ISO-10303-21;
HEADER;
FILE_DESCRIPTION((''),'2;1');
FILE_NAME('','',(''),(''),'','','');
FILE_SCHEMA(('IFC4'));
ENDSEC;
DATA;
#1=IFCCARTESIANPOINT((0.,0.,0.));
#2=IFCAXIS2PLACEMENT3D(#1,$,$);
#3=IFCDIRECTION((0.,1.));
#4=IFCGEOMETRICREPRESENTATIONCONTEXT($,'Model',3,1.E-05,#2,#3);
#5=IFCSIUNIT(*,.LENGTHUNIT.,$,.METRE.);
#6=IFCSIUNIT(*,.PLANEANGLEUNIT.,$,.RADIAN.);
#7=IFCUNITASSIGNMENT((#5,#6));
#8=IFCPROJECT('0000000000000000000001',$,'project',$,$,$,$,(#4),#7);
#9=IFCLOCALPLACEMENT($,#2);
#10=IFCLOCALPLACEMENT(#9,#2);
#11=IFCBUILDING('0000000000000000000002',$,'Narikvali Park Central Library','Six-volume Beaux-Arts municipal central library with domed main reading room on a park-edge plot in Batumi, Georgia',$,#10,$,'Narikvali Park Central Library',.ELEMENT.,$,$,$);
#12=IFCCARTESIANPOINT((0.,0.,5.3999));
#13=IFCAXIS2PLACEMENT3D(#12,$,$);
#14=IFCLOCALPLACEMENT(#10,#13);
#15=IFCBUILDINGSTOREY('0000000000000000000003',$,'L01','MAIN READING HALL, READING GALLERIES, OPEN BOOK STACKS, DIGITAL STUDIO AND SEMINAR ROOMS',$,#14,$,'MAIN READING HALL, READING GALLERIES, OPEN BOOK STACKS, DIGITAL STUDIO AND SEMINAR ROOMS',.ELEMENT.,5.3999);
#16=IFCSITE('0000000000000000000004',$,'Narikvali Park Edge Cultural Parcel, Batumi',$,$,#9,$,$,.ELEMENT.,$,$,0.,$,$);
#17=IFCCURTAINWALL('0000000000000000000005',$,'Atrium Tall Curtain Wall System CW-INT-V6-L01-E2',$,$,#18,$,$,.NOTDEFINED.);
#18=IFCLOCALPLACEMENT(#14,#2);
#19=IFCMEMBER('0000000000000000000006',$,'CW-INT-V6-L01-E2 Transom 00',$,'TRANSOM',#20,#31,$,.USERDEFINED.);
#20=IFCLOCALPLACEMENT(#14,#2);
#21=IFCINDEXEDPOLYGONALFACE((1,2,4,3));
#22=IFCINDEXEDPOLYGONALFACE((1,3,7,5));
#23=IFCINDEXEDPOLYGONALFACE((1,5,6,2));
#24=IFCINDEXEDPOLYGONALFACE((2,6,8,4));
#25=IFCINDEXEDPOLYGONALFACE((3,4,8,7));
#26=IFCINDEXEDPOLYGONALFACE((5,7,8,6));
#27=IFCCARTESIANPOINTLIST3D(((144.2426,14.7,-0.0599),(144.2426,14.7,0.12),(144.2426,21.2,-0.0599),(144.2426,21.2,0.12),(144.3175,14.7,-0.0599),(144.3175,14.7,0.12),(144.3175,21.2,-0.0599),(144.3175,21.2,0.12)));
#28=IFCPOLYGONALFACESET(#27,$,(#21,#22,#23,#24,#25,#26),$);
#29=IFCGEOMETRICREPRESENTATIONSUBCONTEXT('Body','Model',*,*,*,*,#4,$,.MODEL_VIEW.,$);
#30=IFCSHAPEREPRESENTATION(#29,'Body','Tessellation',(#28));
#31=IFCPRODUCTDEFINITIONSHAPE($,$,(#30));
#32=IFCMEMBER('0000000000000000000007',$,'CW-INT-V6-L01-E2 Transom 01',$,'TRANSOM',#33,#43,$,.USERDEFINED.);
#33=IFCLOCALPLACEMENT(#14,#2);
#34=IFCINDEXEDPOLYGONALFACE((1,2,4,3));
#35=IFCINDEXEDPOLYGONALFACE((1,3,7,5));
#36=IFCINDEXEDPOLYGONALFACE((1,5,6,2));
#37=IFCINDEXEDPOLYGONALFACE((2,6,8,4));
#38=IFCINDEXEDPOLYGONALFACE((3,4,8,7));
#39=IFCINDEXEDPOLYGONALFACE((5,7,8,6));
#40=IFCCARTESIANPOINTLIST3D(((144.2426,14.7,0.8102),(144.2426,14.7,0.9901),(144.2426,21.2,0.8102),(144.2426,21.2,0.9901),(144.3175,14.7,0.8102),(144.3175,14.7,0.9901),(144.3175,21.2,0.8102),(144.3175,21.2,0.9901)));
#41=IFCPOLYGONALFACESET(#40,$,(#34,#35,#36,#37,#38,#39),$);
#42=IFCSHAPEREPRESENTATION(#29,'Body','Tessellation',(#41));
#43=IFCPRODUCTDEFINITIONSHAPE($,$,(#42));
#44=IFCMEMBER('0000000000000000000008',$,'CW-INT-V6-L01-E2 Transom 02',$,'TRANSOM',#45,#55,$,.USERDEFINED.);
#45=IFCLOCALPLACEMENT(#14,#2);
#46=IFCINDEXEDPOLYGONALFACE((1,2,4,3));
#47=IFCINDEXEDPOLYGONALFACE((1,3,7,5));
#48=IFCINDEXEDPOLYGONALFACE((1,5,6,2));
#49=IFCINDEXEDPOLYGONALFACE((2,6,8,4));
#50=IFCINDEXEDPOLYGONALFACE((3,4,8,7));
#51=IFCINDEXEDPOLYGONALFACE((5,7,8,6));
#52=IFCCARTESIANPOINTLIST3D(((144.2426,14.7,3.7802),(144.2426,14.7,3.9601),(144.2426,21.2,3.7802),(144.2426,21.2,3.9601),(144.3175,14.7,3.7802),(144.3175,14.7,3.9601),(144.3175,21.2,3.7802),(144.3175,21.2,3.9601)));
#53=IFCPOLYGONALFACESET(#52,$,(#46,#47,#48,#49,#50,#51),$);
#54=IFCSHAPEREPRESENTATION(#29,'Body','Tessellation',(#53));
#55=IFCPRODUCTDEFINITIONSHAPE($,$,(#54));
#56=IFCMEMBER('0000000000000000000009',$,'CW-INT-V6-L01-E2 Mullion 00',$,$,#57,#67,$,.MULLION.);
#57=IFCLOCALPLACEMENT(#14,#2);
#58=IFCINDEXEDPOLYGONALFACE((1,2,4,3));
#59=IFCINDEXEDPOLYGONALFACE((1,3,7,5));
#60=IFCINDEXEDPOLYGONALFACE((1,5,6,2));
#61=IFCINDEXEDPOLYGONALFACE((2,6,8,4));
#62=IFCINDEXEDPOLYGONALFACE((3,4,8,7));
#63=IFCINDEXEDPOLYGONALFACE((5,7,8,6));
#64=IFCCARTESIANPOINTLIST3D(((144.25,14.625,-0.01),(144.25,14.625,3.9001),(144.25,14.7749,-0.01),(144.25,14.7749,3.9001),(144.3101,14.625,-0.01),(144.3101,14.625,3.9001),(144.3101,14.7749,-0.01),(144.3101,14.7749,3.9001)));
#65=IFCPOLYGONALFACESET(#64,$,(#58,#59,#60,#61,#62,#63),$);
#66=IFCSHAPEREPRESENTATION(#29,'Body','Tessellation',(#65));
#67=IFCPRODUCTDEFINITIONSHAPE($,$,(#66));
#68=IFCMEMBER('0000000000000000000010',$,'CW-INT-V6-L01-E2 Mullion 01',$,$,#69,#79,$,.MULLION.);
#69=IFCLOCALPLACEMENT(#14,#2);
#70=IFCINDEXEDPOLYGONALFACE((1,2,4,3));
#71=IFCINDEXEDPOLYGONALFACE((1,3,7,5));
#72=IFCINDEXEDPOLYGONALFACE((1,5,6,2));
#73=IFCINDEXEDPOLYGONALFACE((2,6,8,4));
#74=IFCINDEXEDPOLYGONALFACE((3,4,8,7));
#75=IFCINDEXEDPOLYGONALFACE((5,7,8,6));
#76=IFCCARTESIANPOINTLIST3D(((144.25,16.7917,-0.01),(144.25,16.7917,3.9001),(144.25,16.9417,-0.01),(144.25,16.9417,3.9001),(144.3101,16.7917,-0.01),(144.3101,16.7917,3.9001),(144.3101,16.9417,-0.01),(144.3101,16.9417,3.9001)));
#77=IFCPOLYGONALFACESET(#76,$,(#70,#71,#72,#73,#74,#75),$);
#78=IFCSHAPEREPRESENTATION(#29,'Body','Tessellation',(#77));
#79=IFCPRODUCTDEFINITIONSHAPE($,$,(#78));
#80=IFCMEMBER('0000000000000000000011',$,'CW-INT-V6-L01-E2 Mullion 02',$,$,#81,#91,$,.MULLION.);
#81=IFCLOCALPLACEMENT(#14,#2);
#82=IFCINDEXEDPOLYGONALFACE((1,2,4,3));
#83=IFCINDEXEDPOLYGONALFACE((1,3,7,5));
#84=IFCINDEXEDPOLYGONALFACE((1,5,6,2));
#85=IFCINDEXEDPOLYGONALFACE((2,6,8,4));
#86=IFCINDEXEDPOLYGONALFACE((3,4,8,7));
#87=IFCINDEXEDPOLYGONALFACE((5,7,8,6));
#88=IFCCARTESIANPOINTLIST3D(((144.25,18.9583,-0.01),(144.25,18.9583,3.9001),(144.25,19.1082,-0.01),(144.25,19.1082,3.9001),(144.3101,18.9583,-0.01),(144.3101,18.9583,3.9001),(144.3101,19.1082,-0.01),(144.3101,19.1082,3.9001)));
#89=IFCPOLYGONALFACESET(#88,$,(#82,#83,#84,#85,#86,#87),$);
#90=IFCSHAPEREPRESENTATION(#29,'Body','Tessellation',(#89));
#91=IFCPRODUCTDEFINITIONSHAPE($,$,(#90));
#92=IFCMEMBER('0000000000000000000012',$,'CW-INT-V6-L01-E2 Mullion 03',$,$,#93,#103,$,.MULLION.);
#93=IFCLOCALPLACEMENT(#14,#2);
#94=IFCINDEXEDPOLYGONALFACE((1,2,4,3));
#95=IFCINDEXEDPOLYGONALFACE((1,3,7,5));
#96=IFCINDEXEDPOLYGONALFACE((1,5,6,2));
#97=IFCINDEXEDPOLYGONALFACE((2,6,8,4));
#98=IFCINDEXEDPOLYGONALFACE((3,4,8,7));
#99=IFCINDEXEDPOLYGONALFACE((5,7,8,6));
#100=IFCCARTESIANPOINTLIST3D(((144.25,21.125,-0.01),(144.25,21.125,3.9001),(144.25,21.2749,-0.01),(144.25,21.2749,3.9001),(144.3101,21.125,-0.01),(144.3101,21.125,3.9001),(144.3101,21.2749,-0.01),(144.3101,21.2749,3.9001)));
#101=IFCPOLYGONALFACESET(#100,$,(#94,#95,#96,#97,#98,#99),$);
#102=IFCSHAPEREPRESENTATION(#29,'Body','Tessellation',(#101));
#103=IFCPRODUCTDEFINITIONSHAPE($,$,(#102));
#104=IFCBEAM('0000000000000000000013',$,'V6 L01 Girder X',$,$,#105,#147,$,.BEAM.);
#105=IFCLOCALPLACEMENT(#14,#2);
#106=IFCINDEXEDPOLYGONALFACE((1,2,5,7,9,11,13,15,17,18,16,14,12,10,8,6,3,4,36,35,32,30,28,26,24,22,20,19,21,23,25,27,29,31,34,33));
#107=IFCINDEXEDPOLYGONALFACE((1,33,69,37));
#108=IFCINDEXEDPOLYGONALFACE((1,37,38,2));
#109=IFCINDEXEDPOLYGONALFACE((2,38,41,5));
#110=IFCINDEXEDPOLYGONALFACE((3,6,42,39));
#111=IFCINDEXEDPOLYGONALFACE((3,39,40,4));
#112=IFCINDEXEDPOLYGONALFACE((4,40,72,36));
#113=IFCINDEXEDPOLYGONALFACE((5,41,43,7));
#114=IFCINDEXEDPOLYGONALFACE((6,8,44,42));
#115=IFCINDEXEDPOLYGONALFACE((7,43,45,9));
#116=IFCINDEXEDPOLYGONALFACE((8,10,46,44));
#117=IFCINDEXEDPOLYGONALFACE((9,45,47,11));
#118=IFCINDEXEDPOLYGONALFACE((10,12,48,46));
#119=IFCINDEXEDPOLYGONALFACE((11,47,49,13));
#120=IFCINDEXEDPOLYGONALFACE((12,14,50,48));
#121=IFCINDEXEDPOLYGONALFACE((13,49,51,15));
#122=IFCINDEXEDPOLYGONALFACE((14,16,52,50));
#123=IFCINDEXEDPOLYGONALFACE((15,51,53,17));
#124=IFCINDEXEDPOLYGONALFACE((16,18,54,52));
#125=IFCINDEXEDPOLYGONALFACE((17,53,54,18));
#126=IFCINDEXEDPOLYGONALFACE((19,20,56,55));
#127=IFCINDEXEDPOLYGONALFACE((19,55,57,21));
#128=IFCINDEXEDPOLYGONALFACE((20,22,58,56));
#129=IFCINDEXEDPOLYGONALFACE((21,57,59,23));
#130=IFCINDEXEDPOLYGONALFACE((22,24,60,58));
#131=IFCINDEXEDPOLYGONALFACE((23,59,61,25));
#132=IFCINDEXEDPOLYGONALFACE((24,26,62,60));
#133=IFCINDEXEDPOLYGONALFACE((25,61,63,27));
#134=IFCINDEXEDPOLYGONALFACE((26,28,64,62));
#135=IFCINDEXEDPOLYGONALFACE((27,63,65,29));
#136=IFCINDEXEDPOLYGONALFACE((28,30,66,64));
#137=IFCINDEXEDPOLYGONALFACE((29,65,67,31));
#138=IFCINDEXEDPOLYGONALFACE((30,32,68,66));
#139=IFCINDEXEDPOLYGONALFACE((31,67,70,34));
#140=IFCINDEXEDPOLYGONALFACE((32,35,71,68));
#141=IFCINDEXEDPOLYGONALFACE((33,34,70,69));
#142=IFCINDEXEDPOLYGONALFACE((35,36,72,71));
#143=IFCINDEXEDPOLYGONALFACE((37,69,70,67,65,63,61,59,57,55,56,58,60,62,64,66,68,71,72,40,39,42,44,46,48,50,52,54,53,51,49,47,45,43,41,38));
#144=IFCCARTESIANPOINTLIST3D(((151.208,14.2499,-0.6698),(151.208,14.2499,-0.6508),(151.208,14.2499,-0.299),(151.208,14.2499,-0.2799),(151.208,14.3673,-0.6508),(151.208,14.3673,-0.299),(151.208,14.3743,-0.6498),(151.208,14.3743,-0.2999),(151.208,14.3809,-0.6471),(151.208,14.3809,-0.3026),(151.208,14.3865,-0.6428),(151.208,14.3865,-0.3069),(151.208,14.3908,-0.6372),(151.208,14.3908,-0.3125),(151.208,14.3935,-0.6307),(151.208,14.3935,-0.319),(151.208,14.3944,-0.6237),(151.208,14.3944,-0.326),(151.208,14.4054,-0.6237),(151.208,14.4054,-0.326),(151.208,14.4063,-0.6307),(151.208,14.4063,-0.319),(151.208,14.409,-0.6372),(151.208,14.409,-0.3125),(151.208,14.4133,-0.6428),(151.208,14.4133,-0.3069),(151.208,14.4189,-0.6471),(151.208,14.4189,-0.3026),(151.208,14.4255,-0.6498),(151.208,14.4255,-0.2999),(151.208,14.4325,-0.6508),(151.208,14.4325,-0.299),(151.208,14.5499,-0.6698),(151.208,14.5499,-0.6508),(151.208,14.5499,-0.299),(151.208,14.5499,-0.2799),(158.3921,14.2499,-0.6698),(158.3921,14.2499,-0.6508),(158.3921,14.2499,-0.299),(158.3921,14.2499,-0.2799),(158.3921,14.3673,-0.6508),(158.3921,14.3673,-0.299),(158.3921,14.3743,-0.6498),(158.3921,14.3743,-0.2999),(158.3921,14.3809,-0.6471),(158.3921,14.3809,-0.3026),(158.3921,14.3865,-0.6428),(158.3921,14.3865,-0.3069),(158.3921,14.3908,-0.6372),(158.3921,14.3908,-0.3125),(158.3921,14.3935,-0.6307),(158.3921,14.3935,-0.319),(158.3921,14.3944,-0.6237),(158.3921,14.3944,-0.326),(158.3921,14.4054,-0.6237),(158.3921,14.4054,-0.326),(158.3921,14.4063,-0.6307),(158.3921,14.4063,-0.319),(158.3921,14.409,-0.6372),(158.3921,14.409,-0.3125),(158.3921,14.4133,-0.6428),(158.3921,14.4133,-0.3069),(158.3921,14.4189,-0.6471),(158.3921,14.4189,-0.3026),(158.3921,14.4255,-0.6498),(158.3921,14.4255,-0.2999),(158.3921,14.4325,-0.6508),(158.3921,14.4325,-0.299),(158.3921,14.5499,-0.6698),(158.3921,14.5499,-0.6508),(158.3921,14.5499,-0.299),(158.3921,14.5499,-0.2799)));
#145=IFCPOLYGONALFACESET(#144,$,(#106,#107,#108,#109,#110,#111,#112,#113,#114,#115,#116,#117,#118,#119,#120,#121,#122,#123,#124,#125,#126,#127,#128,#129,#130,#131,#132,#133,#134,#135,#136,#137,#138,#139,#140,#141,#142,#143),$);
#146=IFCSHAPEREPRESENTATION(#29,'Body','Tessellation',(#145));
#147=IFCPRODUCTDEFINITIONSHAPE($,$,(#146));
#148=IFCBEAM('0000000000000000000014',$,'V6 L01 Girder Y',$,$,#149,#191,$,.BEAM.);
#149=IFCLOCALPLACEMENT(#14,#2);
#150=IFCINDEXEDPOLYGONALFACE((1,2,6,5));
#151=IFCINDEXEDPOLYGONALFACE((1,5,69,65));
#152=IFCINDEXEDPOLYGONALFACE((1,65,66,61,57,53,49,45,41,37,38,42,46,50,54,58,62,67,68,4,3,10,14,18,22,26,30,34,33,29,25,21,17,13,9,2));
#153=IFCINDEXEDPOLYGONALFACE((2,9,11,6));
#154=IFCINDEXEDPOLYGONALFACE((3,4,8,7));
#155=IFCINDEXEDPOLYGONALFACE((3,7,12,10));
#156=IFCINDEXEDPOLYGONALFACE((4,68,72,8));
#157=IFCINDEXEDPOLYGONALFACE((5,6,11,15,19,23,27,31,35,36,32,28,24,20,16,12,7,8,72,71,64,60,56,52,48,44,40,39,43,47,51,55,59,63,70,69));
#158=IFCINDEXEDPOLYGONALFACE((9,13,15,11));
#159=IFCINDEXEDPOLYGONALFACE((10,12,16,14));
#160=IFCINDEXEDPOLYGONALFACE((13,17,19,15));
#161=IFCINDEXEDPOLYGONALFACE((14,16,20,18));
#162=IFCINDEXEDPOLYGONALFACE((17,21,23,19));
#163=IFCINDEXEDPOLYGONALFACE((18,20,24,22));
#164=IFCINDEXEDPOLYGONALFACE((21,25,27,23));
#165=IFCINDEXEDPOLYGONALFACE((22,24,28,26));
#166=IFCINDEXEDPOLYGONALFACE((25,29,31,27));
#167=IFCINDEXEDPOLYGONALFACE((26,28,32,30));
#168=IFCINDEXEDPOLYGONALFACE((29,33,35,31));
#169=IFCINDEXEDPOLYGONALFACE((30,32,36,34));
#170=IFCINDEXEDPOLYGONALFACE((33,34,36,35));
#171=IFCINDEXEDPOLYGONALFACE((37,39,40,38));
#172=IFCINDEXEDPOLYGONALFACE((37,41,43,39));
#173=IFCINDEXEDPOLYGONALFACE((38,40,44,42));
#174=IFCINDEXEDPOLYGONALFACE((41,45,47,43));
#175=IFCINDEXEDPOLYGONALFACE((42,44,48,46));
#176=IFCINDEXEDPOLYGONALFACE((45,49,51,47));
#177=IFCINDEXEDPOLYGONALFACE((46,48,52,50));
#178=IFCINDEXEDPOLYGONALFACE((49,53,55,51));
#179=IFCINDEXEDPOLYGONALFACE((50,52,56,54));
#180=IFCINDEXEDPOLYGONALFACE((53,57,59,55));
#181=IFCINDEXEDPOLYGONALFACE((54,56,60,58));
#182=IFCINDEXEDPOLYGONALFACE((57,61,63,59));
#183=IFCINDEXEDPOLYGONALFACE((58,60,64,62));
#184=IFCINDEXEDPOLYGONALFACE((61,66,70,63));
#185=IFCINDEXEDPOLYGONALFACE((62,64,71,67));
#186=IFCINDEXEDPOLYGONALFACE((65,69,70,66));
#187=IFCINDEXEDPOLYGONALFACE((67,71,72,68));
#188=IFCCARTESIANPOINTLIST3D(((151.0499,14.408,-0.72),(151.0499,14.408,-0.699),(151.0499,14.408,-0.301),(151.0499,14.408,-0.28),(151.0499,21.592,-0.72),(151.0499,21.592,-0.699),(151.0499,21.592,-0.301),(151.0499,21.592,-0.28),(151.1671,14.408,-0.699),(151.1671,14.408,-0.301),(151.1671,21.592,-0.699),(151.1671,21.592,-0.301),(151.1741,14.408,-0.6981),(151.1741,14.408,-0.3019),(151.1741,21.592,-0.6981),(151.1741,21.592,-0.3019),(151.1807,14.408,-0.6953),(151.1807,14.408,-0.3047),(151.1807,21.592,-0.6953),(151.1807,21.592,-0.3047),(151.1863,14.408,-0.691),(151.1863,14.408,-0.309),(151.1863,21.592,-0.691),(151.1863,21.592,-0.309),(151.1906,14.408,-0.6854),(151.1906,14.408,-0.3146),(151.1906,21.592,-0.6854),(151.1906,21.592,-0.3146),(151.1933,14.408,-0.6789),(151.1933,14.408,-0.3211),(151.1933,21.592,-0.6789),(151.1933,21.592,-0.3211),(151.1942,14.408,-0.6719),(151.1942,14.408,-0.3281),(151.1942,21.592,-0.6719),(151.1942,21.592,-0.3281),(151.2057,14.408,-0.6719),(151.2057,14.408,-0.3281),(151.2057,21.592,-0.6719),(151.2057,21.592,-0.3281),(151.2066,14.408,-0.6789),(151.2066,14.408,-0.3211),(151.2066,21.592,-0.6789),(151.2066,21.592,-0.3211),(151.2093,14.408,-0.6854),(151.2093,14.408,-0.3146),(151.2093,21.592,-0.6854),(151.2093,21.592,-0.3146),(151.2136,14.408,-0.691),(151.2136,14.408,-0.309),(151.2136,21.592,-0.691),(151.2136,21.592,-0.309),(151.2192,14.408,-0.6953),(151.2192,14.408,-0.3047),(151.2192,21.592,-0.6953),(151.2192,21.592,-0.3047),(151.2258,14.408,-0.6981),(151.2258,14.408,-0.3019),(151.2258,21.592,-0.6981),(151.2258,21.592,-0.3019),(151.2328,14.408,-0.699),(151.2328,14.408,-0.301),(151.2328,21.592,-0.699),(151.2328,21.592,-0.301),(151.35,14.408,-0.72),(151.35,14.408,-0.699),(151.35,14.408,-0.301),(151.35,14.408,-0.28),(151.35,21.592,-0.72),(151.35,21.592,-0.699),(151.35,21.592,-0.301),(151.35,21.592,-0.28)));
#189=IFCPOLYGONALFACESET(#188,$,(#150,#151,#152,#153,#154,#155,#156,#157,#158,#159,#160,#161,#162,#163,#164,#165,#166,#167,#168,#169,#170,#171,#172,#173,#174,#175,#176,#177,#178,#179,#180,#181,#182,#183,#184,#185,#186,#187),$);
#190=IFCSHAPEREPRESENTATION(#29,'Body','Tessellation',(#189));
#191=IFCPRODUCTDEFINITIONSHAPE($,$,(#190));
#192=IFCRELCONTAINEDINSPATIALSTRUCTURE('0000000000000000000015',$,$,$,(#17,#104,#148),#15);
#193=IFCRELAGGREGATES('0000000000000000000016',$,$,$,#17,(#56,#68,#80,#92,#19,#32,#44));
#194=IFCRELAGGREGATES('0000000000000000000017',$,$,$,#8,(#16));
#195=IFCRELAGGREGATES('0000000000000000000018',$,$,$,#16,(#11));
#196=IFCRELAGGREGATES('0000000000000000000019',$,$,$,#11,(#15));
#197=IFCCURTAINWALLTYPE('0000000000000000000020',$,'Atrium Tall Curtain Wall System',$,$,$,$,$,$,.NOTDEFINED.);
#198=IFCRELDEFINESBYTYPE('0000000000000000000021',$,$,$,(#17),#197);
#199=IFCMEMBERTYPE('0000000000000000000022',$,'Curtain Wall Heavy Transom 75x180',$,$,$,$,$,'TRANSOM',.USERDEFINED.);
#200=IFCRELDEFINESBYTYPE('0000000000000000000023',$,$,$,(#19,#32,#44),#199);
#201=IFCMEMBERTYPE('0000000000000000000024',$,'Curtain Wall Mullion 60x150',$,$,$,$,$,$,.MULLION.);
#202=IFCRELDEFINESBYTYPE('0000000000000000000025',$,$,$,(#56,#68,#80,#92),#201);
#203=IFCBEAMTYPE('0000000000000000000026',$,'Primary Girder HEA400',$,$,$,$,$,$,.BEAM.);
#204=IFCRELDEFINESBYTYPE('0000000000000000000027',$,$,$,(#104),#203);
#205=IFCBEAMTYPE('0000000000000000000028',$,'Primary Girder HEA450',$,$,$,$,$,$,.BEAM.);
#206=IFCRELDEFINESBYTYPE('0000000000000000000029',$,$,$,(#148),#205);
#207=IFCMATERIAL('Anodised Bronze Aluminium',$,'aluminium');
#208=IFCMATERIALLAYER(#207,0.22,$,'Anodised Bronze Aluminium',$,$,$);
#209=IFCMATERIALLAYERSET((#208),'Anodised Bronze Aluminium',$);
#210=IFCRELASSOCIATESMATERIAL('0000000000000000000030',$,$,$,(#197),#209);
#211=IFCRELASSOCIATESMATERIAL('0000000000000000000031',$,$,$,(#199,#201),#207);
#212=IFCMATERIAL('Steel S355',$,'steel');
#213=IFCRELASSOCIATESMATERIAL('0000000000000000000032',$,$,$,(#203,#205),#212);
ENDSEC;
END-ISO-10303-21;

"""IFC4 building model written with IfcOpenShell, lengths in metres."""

from ifc_helpers import new_model, si_unit, direction, frame, origin, origin_2d, place, context, subcontext, project, spatial, rectangle, i_section, extrude, material, layer, layer_set, material_profile, profile_set, type_object, element, aggregate, save


model = new_model("IFC4")

# Units and contexts
model_context = context("Model", 3, precision=1e-05, world=origin(), true_north=direction((0.0, 1.0)))
body_context = subcontext(model_context, "Body", "Model", "MODEL_VIEW")
ifc_project = project(units=[si_unit("LENGTHUNIT", "METRE"), si_unit("PLANEANGLEUNIT", "RADIAN")], contexts=[model_context])

# Site, building, storey
site_placement = place(None, origin())
site = spatial("IfcSite", under=ifc_project, at=site_placement, Name="Narikvali Park Edge Cultural Parcel, Batumi", CompositionType="ELEMENT", RefElevation=0.0)
building_placement = place(site_placement, origin())
building = spatial("IfcBuilding", under=site, at=building_placement, Name="Narikvali Park Central Library", Description="Six-volume Beaux-Arts municipal central library with domed main reading room on a park-edge plot in Batumi, Georgia", LongName="Narikvali Park Central Library", CompositionType="ELEMENT")
storey_placement = place(building_placement, frame((0.0, 0.0, 5.3999)))
storey = spatial("IfcBuildingStorey", under=building, at=storey_placement, Name="L01", Description="MAIN READING HALL, READING GALLERIES, OPEN BOOK STACKS, DIGITAL STUDIO AND SEMINAR ROOMS", LongName="MAIN READING HALL, READING GALLERIES, OPEN BOOK STACKS, DIGITAL STUDIO AND SEMINAR ROOMS", CompositionType="ELEMENT", Elevation=5.3999)

# Shared definitions
ifc_material_1 = material(Name="Steel S355", Category="steel")

# Curtain wall, members
ifc_material_2 = material(Name="Anodised Bronze Aluminium", Category="aluminium")
ifc_layer_1 = layer(ifc_material_2, 0.22, Name="Anodised Bronze Aluminium")
ifc_layer_set_1 = layer_set([ifc_layer_1], Name="Anodised Bronze Aluminium")
curtain_wall_type = type_object("IfcCurtainWallType", Name="Atrium Tall Curtain Wall System", PredefinedType="NOTDEFINED", material=ifc_layer_set_1)
curtain_wall_placement = place(storey_placement, origin())
curtain_wall = element("IfcCurtainWall", 1, at=curtain_wall_placement, inside=storey, type_object=curtain_wall_type, Name="Atrium Tall Curtain Wall System CW-INT-V6-L01-E2", PredefinedType="NOTDEFINED")
ifc_material_profile_1 = material_profile(ifc_material_2, rectangle(XDim=0.075, YDim=0.1799, at=origin_2d()), Name="CW TRANSOM 75x180")
ifc_profile_set_1 = profile_set([ifc_material_profile_1], Name="Anodised Bronze Aluminium")
member_type_1 = type_object("IfcMemberType", Name="Curtain Wall Heavy Transom 75x180", ElementType="TRANSOM", PredefinedType="USERDEFINED", material=ifc_profile_set_1)
member_1_placement = place(storey_placement, frame((144.28, 14.7, 0.03), z_axis=(0.0, 1.0, 0.0), x_axis=(-1.0, 0.0, 0.0)))
member_1 = element("IfcMember", 2, at=member_1_placement, type_object=member_type_1, Name="CW-INT-V6-L01-E2 Transom 00", ObjectType="TRANSOM", PredefinedType="USERDEFINED", context=body_context, shape_type="SweptSolid", body=[
    extrude(rectangle(XDim=0.075, YDim=0.1799, at=origin_2d()), origin(), (0.0, 0.0, 1.0), 6.5),
])
member_2_placement = place(storey_placement, frame((144.28, 14.7, 0.9001), z_axis=(0.0, 1.0, 0.0), x_axis=(-1.0, 0.0, 0.0)))
member_2 = element("IfcMember", 3, at=member_2_placement, type_object=member_type_1, Name="CW-INT-V6-L01-E2 Transom 01", ObjectType="TRANSOM", PredefinedType="USERDEFINED", context=body_context, shape_type="SweptSolid", body=[
    extrude(rectangle(XDim=0.075, YDim=0.1799, at=origin_2d()), origin(), (0.0, 0.0, 1.0), 6.5),
])
member_3_placement = place(storey_placement, frame((144.28, 14.7, 3.8701), z_axis=(0.0, 1.0, 0.0), x_axis=(-1.0, 0.0, 0.0)))
member_3 = element("IfcMember", 4, at=member_3_placement, type_object=member_type_1, Name="CW-INT-V6-L01-E2 Transom 02", ObjectType="TRANSOM", PredefinedType="USERDEFINED", context=body_context, shape_type="SweptSolid", body=[
    extrude(rectangle(XDim=0.075, YDim=0.1799, at=origin_2d()), origin(), (0.0, 0.0, 1.0), 6.5),
])
ifc_material_profile_2 = material_profile(ifc_material_2, rectangle(XDim=0.0601, YDim=0.1499, at=origin_2d()), Name="CW MULLION 60x150")
ifc_profile_set_2 = profile_set([ifc_material_profile_2], Name="Anodised Bronze Aluminium")
member_type_2 = type_object("IfcMemberType", Name="Curtain Wall Mullion 60x150", PredefinedType="MULLION", material=ifc_profile_set_2)
member_4_placement = place(storey_placement, frame((144.28, 14.7, -0.01), z_axis=(0.0, 0.0, 1.0), x_axis=(1.0, 0.0, 0.0)))
member_4 = element("IfcMember", 5, at=member_4_placement, type_object=member_type_2, Name="CW-INT-V6-L01-E2 Mullion 00", PredefinedType="MULLION", context=body_context, shape_type="SweptSolid", body=[
    extrude(rectangle(XDim=0.0601, YDim=0.1499, at=origin_2d()), origin(), (0.0, 0.0, 1.0), 3.9102),
])
member_5_placement = place(storey_placement, frame((144.28, 16.8667, -0.01), z_axis=(0.0, 0.0, 1.0), x_axis=(1.0, 0.0, 0.0)))
member_5 = element("IfcMember", 6, at=member_5_placement, type_object=member_type_2, Name="CW-INT-V6-L01-E2 Mullion 01", PredefinedType="MULLION", context=body_context, shape_type="SweptSolid", body=[
    extrude(rectangle(XDim=0.0601, YDim=0.1499, at=origin_2d()), origin(), (0.0, 0.0, 1.0), 3.9102),
])
member_6_placement = place(storey_placement, frame((144.28, 19.0332, -0.01), z_axis=(0.0, 0.0, 1.0), x_axis=(1.0, 0.0, 0.0)))
member_6 = element("IfcMember", 7, at=member_6_placement, type_object=member_type_2, Name="CW-INT-V6-L01-E2 Mullion 02", PredefinedType="MULLION", context=body_context, shape_type="SweptSolid", body=[
    extrude(rectangle(XDim=0.0601, YDim=0.1499, at=origin_2d()), origin(), (0.0, 0.0, 1.0), 3.9102),
])
member_7_placement = place(storey_placement, frame((144.28, 21.2, -0.01), z_axis=(0.0, 0.0, 1.0), x_axis=(1.0, 0.0, 0.0)))
member_7 = element("IfcMember", 8, at=member_7_placement, type_object=member_type_2, Name="CW-INT-V6-L01-E2 Mullion 03", PredefinedType="MULLION", context=body_context, shape_type="SweptSolid", body=[
    extrude(rectangle(XDim=0.0601, YDim=0.1499, at=origin_2d()), origin(), (0.0, 0.0, 1.0), 3.9102),
])

# Beams
ifc_material_profile_3 = material_profile(ifc_material_1, i_section(OverallWidth=0.3, OverallDepth=0.3899, WebThickness=0.011, FlangeThickness=0.019, FilletRadius=0.0271, at=origin_2d()), Name="HEA 400")
ifc_profile_set_3 = profile_set([ifc_material_profile_3], Name="Steel S355")
beam_type_1 = type_object("IfcBeamType", Name="Primary Girder HEA400", PredefinedType="BEAM", material=ifc_profile_set_3)
beam_1_placement = place(storey_placement, frame((151.208, 14.3999, -0.4749), z_axis=(1.0, 0.0, 0.0), x_axis=(0.0, 1.0, 0.0)))
element("IfcBeam", 9, at=beam_1_placement, inside=storey, type_object=beam_type_1, Name="V6 L01 Girder X", PredefinedType="BEAM", context=body_context, shape_type="SweptSolid", body=[
    extrude(i_section(OverallWidth=0.3, OverallDepth=0.3899, WebThickness=0.011, FlangeThickness=0.019, FilletRadius=0.0271, at=origin_2d()), origin(), (0.0, 0.0, 1.0), 7.1841),
])
ifc_material_profile_4 = material_profile(ifc_material_1, i_section(OverallWidth=0.3, OverallDepth=0.4399, WebThickness=0.0115, FlangeThickness=0.021, FilletRadius=0.0271, at=origin_2d()), Name="HEA 450")
ifc_profile_set_4 = profile_set([ifc_material_profile_4], Name="Steel S355")
beam_type_2 = type_object("IfcBeamType", Name="Primary Girder HEA450", PredefinedType="BEAM", material=ifc_profile_set_4)
beam_2_placement = place(storey_placement, frame((151.2, 14.408, -0.5), z_axis=(0.0, 1.0, 0.0), x_axis=(-1.0, 0.0, 0.0)))
element("IfcBeam", 10, at=beam_2_placement, inside=storey, type_object=beam_type_2, Name="V6 L01 Girder Y", PredefinedType="BEAM", context=body_context, shape_type="SweptSolid", body=[
    extrude(i_section(OverallWidth=0.3, OverallDepth=0.4399, WebThickness=0.0115, FlangeThickness=0.021, FilletRadius=0.0271, at=origin_2d()), origin(), (0.0, 0.0, 1.0), 7.1841),
])

aggregate(curtain_wall, [member_4, member_5, member_6, member_7, member_1, member_2, member_3])

save(model, "model.ifc")
